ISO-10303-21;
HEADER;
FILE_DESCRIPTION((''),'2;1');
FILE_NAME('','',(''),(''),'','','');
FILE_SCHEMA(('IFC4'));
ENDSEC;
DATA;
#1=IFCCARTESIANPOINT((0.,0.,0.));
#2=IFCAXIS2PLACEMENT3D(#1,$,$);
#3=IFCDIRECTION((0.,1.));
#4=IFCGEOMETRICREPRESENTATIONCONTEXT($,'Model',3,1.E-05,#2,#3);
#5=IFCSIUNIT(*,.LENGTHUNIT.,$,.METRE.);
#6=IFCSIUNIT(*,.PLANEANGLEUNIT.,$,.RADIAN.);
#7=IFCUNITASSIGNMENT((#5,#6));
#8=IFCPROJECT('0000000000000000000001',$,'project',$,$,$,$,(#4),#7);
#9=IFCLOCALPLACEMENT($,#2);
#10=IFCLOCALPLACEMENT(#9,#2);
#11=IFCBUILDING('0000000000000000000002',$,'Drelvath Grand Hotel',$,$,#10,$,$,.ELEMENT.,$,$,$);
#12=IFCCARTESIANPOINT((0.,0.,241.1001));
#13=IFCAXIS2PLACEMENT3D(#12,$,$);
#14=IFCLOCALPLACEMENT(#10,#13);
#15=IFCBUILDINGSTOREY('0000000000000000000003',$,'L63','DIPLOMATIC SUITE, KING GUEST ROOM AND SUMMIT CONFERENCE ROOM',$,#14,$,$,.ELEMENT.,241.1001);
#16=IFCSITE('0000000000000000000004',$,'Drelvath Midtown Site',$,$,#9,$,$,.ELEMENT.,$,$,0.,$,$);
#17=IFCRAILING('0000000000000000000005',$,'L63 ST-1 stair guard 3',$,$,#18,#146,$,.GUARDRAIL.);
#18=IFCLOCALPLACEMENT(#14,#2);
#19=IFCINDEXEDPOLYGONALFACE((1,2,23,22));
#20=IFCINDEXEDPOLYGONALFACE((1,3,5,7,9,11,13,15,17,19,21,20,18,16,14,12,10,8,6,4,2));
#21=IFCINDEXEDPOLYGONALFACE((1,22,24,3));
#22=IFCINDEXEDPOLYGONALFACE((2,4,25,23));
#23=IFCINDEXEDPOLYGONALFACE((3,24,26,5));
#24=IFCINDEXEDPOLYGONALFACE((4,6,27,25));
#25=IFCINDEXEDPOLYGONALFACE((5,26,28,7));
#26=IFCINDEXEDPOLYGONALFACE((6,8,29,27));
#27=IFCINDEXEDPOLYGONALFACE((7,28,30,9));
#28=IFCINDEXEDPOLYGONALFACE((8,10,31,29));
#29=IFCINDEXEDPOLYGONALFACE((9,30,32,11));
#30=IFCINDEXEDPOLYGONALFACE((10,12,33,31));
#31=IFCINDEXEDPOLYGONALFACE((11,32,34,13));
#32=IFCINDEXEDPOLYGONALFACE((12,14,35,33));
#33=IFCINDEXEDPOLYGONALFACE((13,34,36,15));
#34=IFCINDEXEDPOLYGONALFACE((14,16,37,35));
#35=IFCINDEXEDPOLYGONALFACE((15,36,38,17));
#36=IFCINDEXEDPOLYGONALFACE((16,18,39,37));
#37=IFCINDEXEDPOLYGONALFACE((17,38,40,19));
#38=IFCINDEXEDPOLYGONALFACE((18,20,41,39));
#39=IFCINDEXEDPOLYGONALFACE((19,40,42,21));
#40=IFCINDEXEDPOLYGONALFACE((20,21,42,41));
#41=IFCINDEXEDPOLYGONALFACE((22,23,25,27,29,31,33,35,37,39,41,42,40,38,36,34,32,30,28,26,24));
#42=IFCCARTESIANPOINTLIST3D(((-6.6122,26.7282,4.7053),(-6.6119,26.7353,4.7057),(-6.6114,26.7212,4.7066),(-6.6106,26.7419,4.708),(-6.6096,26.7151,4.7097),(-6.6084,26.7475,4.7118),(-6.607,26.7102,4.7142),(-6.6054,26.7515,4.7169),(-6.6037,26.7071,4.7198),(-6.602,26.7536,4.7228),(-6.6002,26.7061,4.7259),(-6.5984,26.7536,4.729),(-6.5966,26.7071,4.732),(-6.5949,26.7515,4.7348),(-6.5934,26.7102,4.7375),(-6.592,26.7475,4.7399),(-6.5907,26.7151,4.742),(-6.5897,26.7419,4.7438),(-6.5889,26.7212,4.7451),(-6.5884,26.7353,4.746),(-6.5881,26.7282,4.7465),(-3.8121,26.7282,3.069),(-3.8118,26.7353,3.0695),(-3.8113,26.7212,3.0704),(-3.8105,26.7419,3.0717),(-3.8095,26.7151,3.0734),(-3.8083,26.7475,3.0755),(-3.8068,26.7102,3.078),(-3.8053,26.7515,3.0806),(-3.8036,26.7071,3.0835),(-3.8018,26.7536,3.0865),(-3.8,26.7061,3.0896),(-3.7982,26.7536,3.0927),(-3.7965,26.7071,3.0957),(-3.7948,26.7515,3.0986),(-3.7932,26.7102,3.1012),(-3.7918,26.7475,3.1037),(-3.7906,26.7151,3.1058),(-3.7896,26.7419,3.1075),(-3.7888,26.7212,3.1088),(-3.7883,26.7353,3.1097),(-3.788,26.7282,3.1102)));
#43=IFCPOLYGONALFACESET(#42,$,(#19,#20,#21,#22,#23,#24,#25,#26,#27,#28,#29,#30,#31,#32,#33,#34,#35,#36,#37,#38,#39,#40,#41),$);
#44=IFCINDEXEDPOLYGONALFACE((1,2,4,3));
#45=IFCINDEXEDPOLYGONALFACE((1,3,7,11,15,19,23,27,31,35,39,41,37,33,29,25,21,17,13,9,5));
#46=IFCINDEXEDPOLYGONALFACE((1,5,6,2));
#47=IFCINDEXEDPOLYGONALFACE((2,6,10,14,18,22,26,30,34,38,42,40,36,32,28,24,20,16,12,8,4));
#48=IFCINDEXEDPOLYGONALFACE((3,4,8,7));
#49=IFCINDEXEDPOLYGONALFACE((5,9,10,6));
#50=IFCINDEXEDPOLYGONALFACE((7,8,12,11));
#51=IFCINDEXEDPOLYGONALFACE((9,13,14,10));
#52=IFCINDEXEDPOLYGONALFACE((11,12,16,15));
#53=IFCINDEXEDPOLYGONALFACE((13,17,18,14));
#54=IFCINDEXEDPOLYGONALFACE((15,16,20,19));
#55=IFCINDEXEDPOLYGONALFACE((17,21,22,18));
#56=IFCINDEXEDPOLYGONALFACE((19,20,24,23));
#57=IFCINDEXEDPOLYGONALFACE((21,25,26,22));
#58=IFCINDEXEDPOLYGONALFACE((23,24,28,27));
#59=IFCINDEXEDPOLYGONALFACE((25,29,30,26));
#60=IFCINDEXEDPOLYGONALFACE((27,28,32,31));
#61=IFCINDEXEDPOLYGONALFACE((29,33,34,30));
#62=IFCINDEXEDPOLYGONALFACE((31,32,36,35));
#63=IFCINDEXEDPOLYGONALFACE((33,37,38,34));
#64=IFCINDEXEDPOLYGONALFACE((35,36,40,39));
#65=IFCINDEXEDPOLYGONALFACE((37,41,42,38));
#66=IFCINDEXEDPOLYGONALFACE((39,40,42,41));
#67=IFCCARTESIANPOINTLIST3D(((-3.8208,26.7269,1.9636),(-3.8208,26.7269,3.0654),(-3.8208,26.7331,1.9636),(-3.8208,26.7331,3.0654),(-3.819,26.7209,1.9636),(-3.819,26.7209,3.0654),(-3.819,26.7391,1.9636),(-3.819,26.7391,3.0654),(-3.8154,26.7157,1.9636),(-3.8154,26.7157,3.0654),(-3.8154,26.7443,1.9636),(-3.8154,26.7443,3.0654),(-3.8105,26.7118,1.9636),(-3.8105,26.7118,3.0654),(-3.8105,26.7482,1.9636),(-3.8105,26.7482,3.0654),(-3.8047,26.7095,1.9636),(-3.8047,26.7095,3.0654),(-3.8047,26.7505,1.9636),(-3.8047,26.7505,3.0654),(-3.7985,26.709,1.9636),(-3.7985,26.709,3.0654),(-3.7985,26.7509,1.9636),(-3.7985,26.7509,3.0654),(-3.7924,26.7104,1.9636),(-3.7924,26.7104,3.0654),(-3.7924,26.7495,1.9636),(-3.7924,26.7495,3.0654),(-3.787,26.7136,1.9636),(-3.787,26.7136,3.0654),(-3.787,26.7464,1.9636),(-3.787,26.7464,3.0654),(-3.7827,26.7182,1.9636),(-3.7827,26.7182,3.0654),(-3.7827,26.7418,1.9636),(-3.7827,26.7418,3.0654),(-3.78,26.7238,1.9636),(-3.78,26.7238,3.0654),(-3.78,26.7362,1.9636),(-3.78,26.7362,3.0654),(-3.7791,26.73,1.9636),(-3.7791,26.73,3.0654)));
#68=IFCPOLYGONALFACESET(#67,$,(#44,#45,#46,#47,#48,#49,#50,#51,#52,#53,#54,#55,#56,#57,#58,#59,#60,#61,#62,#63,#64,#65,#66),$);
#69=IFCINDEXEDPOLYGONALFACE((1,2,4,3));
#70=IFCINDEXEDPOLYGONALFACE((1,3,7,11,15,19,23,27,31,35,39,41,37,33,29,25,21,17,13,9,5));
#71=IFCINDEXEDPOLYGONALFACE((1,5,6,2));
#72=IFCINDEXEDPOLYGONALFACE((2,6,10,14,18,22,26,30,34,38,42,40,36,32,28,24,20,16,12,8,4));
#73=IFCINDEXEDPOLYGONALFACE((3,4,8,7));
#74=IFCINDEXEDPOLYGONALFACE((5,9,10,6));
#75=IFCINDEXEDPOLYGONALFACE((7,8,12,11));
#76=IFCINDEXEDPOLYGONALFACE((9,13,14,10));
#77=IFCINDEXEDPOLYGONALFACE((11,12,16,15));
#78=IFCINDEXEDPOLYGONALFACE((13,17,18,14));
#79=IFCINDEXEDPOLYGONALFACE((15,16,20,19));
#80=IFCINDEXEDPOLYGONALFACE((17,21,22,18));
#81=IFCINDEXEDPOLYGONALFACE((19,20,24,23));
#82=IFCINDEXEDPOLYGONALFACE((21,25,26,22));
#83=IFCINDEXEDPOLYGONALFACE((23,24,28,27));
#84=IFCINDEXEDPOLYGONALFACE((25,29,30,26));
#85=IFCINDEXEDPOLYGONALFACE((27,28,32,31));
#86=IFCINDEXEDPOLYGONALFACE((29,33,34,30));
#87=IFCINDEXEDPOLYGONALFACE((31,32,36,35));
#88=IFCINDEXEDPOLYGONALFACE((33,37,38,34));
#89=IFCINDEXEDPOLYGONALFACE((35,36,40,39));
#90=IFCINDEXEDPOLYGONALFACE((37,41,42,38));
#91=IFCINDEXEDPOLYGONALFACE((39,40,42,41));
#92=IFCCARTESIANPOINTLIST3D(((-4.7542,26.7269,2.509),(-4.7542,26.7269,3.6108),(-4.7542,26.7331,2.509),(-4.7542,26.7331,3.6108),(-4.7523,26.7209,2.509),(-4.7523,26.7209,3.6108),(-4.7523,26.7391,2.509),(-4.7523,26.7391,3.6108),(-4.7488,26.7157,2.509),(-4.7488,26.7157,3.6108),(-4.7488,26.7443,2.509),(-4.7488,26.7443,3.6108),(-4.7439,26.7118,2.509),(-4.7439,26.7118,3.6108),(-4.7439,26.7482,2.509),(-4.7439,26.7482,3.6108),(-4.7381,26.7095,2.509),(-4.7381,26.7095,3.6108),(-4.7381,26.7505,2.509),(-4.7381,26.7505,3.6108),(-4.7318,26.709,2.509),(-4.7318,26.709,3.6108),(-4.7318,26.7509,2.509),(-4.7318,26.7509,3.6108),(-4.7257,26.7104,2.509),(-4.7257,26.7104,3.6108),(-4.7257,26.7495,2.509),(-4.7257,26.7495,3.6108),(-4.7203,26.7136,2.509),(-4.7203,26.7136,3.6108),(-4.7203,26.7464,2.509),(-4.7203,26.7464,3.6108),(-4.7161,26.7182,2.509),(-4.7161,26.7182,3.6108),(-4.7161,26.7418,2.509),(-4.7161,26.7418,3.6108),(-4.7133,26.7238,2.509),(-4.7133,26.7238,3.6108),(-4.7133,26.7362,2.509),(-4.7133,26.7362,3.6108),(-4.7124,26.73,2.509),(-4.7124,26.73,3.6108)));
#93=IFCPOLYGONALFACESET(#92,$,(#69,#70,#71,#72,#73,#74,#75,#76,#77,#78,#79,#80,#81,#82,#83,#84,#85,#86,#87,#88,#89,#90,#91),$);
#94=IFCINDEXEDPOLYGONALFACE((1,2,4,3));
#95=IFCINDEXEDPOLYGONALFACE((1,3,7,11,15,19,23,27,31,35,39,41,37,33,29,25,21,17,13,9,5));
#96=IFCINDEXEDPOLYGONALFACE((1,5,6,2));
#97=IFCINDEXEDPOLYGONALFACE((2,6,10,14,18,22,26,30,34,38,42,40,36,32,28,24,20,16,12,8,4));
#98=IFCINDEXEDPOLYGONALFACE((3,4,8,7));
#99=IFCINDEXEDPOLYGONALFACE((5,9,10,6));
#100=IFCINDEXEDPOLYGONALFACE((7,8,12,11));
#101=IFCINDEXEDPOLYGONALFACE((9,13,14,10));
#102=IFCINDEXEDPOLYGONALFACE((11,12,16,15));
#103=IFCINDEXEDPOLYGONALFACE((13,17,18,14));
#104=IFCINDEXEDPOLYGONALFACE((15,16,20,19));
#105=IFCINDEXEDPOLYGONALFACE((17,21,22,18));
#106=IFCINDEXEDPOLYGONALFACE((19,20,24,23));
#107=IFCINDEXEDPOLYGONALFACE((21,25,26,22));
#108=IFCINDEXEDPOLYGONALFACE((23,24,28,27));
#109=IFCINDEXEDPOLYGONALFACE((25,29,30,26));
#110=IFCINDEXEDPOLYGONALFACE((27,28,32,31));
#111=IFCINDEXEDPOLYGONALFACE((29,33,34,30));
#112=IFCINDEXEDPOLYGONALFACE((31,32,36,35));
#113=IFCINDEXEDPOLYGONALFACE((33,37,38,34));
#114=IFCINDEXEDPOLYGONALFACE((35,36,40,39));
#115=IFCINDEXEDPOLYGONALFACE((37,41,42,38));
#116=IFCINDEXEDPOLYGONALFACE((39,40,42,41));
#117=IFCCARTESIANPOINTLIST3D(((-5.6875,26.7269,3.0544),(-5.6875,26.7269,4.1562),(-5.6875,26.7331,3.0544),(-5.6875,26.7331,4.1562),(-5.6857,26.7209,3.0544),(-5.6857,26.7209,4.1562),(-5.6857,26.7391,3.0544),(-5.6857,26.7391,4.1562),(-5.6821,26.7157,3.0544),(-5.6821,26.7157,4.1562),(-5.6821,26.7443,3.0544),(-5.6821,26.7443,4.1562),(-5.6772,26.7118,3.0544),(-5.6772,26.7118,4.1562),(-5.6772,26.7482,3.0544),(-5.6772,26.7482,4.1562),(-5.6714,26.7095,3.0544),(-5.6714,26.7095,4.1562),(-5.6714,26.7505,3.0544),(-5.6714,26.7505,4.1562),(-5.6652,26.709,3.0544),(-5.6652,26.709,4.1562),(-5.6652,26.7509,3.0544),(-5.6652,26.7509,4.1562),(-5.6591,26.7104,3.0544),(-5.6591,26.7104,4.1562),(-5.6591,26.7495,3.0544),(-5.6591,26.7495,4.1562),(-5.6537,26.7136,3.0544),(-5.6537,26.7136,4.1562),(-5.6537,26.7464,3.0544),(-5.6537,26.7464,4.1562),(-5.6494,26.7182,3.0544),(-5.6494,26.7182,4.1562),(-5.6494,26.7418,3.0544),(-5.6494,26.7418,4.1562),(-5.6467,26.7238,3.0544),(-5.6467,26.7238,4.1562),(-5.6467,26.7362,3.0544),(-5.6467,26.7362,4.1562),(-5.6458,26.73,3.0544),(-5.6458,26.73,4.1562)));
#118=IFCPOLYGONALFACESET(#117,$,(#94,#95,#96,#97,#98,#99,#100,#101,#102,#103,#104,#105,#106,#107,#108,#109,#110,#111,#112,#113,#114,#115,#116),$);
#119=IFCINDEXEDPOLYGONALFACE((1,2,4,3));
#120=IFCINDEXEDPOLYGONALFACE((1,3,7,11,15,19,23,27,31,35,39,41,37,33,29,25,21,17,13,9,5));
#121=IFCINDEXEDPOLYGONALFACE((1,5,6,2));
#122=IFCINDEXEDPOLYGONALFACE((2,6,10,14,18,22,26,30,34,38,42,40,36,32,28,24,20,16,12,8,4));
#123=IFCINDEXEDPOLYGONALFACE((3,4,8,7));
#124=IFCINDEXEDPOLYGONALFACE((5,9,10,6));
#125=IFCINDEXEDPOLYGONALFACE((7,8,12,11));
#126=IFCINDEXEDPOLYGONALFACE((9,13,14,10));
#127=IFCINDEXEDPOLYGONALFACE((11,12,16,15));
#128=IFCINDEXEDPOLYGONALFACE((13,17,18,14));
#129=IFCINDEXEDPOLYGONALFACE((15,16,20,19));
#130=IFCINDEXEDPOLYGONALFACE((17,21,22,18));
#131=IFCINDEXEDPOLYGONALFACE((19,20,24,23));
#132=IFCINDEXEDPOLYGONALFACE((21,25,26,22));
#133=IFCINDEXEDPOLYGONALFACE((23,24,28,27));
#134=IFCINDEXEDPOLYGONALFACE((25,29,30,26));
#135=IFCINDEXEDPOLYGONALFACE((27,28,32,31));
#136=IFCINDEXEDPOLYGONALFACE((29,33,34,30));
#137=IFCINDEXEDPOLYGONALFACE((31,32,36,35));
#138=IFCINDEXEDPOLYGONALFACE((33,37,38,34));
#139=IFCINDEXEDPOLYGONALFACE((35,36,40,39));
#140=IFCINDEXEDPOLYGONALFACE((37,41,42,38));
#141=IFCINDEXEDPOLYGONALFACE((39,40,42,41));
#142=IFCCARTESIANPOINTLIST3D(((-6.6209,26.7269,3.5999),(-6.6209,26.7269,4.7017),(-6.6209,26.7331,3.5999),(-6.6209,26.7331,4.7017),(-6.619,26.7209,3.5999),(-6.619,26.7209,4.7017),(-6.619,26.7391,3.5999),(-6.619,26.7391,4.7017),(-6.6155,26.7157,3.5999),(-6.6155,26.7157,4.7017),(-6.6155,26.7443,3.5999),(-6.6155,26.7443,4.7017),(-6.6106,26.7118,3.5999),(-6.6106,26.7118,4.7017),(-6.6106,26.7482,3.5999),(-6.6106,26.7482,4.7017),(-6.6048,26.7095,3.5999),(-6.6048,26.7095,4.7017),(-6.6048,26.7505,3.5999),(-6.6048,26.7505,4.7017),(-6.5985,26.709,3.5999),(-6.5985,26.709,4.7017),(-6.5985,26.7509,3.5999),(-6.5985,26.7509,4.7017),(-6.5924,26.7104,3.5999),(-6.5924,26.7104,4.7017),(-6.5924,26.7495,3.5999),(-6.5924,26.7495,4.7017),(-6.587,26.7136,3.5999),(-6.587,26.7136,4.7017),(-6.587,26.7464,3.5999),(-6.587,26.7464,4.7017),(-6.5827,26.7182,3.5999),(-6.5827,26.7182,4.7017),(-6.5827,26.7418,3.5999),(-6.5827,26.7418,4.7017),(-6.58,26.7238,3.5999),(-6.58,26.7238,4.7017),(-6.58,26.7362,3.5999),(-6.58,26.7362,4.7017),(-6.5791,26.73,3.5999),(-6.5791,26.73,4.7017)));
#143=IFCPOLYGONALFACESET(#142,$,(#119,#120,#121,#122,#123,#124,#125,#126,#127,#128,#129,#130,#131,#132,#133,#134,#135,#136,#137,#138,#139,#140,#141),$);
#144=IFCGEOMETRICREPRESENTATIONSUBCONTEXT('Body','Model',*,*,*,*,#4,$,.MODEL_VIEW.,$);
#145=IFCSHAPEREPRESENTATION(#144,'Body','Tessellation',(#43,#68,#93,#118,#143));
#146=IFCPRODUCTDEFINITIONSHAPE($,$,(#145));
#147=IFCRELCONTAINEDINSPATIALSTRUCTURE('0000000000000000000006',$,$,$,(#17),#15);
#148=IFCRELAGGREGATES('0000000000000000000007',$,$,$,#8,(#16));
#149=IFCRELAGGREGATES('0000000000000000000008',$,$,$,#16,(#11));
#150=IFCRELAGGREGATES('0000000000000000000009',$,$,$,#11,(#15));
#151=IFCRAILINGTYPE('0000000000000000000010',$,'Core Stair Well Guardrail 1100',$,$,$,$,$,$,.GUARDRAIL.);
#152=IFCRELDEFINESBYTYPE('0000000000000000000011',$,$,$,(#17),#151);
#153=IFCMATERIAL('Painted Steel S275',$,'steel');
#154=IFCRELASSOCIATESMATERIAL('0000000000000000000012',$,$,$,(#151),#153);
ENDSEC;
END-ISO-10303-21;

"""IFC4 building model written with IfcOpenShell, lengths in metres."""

from ifc_helpers import new_model, si_unit, direction, frame, origin, origin_2d, place, context, subcontext, project, spatial, circle, extrude, material, type_object, element, save


model = new_model("IFC4")

# Units and contexts
model_context = context("Model", 3, precision=1e-05, world=origin(), true_north=direction((0.0, 1.0)))
body_context = subcontext(model_context, "Body", "Model", "MODEL_VIEW")
ifc_project = project(units=[si_unit("LENGTHUNIT", "METRE"), si_unit("PLANEANGLEUNIT", "RADIAN")], contexts=[model_context])

# Site, building, storey
site_placement = place(None, origin())
site = spatial("IfcSite", under=ifc_project, at=site_placement, Name="Drelvath Midtown Site", CompositionType="ELEMENT", RefElevation=0.0)
building_placement = place(site_placement, origin())
building = spatial("IfcBuilding", under=site, at=building_placement, Name="Drelvath Grand Hotel", CompositionType="ELEMENT")
storey_placement = place(building_placement, frame((0.0, 0.0, 241.1001)))
storey = spatial("IfcBuildingStorey", under=building, at=storey_placement, Name="L63", Description="DIPLOMATIC SUITE, KING GUEST ROOM AND SUMMIT CONFERENCE ROOM", CompositionType="ELEMENT", Elevation=241.1001)

# Shared definitions
ifc_material_1 = material(Name="Painted Steel S275", Category="steel")

# Railing
railing_type_1 = type_object("IfcRailingType", Name="Core Stair Well Guardrail 1100", PredefinedType="GUARDRAIL", material=ifc_material_1)
railing_1_placement = place(storey_placement, frame((-3.8, 26.73, 1.9636)))
element("IfcRailing", 1, at=railing_1_placement, inside=storey, type_object=railing_type_1, Name="L63 ST-1 stair guard 3", PredefinedType="GUARDRAIL", context=body_context, shape_type="SweptSolid", body=[
    extrude(circle(Radius=0.0239, at=origin_2d()), frame((0.0, 0.0, 1.126), z_axis=(-0.863394, 0.0, 0.504531), x_axis=(0.0, -1.0, 0.0)), (0.0, 0.0, 1.0), 3.2432),
    extrude(circle(Radius=0.021, at=origin_2d()), origin(), (0.0, 0.0, 1.0), 1.1018),
    extrude(circle(Radius=0.021, at=origin_2d()), frame((-0.9333, 0.0, 0.5454)), (0.0, 0.0, 1.0), 1.1018),
    extrude(circle(Radius=0.021, at=origin_2d()), frame((-1.8667, 0.0, 1.0908)), (0.0, 0.0, 1.0), 1.1018),
    extrude(circle(Radius=0.021, at=origin_2d()), frame((-2.8, 0.0, 1.6362)), (0.0, 0.0, 1.0), 1.1018),
])

save(model, "model.ifc")
